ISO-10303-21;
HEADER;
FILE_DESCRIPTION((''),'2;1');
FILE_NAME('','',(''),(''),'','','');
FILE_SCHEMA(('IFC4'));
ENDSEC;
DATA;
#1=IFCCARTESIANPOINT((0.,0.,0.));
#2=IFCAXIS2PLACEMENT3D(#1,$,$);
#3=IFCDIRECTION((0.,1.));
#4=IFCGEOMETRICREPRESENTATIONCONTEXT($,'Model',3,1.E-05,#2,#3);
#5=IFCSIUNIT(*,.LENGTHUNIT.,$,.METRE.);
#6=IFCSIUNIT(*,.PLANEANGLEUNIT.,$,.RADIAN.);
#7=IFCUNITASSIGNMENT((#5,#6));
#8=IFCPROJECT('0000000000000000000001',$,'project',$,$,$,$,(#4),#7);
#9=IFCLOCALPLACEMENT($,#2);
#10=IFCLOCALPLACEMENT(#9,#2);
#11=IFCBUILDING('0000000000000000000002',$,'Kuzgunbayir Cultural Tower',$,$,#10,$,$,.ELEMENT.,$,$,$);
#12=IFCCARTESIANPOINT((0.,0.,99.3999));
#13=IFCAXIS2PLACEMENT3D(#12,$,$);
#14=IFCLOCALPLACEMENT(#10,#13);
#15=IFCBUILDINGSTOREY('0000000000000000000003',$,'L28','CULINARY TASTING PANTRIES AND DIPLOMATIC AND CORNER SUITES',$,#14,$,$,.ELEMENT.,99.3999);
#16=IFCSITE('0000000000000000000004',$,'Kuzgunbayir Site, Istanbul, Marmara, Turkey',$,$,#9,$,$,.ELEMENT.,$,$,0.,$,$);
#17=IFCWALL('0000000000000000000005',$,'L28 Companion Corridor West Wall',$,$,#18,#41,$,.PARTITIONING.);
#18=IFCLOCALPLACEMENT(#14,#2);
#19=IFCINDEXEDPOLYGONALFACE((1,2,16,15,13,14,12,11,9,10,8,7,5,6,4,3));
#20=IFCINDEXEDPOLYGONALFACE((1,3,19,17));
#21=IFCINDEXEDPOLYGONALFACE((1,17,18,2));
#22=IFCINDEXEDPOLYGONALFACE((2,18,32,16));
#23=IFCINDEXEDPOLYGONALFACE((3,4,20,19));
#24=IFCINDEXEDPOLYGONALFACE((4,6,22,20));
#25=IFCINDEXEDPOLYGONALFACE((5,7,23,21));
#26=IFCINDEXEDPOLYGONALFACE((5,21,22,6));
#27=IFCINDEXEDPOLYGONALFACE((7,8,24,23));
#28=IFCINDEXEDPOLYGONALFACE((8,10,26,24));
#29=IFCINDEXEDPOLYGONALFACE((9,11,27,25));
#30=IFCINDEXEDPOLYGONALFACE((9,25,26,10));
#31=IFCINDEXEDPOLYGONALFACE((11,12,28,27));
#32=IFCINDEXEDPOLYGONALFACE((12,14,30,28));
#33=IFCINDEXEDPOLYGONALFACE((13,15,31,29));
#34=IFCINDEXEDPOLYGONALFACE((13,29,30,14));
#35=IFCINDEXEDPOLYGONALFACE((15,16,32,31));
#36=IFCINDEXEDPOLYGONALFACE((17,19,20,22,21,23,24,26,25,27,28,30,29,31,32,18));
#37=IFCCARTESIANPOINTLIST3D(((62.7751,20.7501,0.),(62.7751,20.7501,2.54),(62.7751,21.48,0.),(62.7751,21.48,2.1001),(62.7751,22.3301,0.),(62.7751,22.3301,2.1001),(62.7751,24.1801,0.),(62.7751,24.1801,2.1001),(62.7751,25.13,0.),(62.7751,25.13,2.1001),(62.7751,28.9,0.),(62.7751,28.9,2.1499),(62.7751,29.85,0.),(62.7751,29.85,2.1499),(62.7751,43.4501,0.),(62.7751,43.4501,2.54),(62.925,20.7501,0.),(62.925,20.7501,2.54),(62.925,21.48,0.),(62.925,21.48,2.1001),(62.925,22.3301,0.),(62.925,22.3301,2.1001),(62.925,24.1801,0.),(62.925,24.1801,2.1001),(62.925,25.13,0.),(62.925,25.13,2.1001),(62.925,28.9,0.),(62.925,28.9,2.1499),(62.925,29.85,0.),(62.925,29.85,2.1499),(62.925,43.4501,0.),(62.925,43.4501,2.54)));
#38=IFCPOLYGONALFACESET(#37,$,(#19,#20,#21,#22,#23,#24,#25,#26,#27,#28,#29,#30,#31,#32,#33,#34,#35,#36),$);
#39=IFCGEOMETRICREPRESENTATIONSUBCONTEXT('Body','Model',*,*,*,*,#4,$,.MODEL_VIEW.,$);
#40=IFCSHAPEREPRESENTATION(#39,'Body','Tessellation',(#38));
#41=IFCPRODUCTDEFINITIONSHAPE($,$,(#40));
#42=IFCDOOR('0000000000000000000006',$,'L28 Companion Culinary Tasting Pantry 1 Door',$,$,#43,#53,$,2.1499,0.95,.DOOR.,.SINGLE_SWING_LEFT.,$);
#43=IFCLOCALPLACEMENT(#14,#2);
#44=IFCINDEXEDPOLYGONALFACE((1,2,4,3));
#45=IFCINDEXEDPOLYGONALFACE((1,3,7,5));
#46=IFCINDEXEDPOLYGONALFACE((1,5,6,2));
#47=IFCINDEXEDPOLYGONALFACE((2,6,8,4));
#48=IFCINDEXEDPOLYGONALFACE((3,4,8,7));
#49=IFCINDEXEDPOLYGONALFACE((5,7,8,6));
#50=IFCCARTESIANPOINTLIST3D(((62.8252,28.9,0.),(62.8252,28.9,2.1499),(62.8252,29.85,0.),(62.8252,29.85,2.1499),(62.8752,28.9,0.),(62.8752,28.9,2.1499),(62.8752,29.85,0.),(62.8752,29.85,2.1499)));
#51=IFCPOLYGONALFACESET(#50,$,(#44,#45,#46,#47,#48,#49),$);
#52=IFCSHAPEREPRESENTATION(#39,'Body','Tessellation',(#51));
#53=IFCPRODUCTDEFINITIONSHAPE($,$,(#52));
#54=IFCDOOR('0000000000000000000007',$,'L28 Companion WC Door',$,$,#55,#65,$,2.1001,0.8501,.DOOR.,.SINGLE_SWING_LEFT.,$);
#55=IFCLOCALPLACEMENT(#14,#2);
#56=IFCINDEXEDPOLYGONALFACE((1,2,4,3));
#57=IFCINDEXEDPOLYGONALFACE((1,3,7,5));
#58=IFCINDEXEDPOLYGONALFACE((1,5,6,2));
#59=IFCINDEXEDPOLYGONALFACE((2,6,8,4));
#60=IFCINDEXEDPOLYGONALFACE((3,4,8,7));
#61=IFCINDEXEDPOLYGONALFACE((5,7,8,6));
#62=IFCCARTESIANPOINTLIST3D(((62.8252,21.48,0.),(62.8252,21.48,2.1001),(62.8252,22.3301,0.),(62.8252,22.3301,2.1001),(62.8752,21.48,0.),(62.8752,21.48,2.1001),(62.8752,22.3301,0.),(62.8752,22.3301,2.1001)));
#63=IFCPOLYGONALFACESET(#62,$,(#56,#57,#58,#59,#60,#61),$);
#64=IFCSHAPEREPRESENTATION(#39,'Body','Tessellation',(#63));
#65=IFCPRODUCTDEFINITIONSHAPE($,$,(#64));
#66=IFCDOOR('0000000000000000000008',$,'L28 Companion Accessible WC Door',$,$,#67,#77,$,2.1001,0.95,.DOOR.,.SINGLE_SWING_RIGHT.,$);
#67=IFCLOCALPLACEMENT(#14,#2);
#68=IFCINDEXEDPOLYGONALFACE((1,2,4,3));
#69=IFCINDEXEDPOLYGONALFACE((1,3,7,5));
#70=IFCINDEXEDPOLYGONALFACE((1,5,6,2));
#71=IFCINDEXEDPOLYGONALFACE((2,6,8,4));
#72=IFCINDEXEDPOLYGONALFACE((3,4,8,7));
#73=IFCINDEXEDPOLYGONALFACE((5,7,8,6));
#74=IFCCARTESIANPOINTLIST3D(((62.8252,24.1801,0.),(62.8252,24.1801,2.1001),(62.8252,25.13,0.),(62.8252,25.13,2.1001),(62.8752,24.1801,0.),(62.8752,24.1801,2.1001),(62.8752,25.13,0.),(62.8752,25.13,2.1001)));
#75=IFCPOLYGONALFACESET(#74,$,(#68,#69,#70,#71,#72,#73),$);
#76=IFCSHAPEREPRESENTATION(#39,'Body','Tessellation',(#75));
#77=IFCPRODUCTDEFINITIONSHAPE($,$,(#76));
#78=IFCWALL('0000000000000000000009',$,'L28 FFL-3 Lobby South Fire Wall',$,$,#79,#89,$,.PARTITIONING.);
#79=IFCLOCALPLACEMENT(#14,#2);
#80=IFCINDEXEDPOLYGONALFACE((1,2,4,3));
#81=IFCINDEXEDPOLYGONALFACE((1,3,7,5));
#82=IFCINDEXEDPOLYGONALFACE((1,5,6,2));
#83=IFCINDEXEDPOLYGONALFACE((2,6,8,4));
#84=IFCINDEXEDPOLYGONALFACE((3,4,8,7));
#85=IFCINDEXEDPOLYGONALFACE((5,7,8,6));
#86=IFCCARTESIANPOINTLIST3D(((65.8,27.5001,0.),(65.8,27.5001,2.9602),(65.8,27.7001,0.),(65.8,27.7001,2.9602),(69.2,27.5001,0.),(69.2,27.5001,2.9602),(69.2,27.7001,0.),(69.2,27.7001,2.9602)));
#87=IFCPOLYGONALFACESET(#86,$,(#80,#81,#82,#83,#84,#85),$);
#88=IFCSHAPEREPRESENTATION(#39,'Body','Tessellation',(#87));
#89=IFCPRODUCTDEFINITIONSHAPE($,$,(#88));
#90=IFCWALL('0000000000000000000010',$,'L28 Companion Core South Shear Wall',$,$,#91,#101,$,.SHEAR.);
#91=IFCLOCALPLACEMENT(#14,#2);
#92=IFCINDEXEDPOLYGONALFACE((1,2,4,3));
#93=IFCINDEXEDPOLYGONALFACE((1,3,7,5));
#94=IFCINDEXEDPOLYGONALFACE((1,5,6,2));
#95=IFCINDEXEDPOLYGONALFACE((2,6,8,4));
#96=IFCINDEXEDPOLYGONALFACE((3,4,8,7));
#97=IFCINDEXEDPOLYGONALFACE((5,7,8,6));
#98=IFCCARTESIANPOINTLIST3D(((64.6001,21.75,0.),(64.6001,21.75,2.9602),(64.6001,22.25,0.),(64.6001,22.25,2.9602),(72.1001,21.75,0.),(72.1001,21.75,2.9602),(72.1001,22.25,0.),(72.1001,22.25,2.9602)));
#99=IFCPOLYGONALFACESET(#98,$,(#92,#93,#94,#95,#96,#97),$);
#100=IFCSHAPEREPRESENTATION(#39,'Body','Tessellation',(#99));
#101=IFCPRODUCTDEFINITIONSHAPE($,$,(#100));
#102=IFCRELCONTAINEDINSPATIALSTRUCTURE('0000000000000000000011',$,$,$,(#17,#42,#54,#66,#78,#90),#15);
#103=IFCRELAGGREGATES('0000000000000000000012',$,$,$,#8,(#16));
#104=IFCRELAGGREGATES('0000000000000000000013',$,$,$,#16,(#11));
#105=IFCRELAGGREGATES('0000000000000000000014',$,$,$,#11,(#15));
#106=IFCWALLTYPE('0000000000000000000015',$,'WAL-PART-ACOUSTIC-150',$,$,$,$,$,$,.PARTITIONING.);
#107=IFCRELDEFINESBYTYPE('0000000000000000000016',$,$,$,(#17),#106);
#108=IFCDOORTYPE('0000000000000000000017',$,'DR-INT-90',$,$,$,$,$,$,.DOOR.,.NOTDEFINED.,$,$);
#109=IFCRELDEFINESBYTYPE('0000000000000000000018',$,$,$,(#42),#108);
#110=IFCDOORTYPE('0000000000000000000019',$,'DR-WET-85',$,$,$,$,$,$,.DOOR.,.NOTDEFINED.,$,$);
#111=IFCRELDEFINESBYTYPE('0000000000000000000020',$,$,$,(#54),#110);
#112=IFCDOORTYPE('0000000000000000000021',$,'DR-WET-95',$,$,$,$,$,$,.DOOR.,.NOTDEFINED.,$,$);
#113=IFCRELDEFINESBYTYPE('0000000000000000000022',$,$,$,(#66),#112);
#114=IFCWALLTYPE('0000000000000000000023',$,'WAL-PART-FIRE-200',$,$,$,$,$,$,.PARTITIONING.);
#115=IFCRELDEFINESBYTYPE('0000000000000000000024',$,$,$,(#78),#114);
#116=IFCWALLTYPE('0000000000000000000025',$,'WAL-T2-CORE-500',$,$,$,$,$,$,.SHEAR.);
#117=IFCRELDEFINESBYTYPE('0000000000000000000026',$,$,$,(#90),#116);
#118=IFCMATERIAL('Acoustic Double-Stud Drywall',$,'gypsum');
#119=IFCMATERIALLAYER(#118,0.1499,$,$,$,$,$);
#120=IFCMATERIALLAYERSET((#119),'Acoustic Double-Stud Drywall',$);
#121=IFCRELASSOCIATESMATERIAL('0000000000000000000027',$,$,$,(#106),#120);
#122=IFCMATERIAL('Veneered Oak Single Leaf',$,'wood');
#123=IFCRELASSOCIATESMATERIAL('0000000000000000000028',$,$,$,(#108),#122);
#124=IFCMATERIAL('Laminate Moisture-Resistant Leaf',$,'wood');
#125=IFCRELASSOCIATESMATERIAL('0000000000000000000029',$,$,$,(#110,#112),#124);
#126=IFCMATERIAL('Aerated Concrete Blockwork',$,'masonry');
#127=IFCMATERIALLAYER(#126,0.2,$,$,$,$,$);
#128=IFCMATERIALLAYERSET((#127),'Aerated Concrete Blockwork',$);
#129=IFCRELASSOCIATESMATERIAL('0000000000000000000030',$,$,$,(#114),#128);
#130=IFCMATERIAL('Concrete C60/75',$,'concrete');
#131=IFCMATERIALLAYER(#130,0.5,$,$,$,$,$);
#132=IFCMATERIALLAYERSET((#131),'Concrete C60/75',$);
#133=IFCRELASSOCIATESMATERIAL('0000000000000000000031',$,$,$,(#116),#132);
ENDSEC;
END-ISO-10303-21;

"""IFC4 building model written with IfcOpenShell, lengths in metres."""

from ifc_helpers import new_model, si_unit, direction, frame, frame_2d, origin, place, context, subcontext, project, spatial, rectangle, extrude, material, layer, layer_set, type_object, element, fill, save


model = new_model("IFC4")

# Units and contexts
model_context = context("Model", 3, precision=1e-05, world=origin(), true_north=direction((0.0, 1.0)))
body_context = subcontext(model_context, "Body", "Model", "MODEL_VIEW")
ifc_project = project(units=[si_unit("LENGTHUNIT", "METRE"), si_unit("PLANEANGLEUNIT", "RADIAN")], contexts=[model_context])

# Site, building, storey
site_placement = place(None, origin())
site = spatial("IfcSite", under=ifc_project, at=site_placement, Name="Kuzgunbayir Site, Istanbul, Marmara, Turkey", CompositionType="ELEMENT", RefElevation=0.0)
building_placement = place(site_placement, origin())
building = spatial("IfcBuilding", under=site, at=building_placement, Name="Kuzgunbayir Cultural Tower", CompositionType="ELEMENT")
storey_placement = place(building_placement, frame((0.0, 0.0, 99.3999)))
storey = spatial("IfcBuildingStorey", under=building, at=storey_placement, Name="L28", Description="CULINARY TASTING PANTRIES AND DIPLOMATIC AND CORNER SUITES", CompositionType="ELEMENT", Elevation=99.3999)

# Shared definitions
ifc_material_1 = material(Name="Concrete C60/75", Category="concrete")

# Shared definitions
ifc_material_2 = material(Name="Acoustic Double-Stud Drywall", Category="gypsum")
ifc_layer_1 = layer(ifc_material_2, 0.1499)
ifc_layer_set_1 = layer_set([ifc_layer_1], Name="Acoustic Double-Stud Drywall")
wall_type_1 = type_object("IfcWallType", Name="WAL-PART-ACOUSTIC-150", PredefinedType="PARTITIONING", material=ifc_layer_set_1)
ifc_material_3 = material(Name="Veneered Oak Single Leaf", Category="wood")
door_type_1 = type_object("IfcDoorType", Name="DR-INT-90", OperationType="NOTDEFINED", PredefinedType="DOOR", material=ifc_material_3)

# Wall, openings, doors
wall_1_placement = place(storey_placement, frame((62.8501, 20.75, 0.0), z_axis=(0.0, 0.0, 1.0), x_axis=(0.0, 1.0, 0.0)))
wall_1 = element("IfcWall", 1, at=wall_1_placement, inside=storey, type_object=wall_type_1, Name="L28 Companion Corridor West Wall", PredefinedType="PARTITIONING", context=body_context, shape_type="SweptSolid", body=[
    extrude(rectangle(XDim=22.7, YDim=0.1499, at=frame_2d((11.3501, 0.0))), origin(), (0.0, 0.0, 1.0), 2.54),
])
opening_1_placement = place(wall_1_placement, frame((0.73, 0.0, 0.0)))
opening_1 = element("IfcOpeningElement", 2, at=opening_1_placement, cuts=wall_1, PredefinedType="OPENING", context=body_context, shape_type="SweptSolid", body=[
    extrude(rectangle(XDim=0.8501, YDim=2.1001, at=frame_2d((0.425, 1.05))), frame((0.0, 0.085, 0.0), z_axis=(0.0, -1.0, 0.0), x_axis=(1.0, 0.0, 0.0)), (0.0, 0.0, 1.0), 0.1699),
])
opening_2_placement = place(wall_1_placement, frame((3.4299, 0.0, 0.0)))
opening_2 = element("IfcOpeningElement", 3, at=opening_2_placement, cuts=wall_1, PredefinedType="OPENING", context=body_context, shape_type="SweptSolid", body=[
    extrude(rectangle(XDim=0.95, YDim=2.1001, at=frame_2d((0.4751, 1.05))), frame((0.0, 0.085, 0.0), z_axis=(0.0, -1.0, 0.0), x_axis=(1.0, 0.0, 0.0)), (0.0, 0.0, 1.0), 0.1699),
])
opening_3_placement = place(wall_1_placement, frame((8.1499, 0.0, 0.0)))
opening_3 = element("IfcOpeningElement", 4, at=opening_3_placement, cuts=wall_1, PredefinedType="OPENING", context=body_context, shape_type="SweptSolid", body=[
    extrude(rectangle(XDim=0.95, YDim=2.1499, at=frame_2d((0.4751, 1.075))), frame((0.0, 0.085, 0.0), z_axis=(0.0, -1.0, 0.0), x_axis=(1.0, 0.0, 0.0)), (0.0, 0.0, 1.0), 0.1699),
])
door_1_placement = place(opening_3_placement, origin())
door_1 = element("IfcDoor", 5, at=door_1_placement, inside=storey, type_object=door_type_1, Name="L28 Companion Culinary Tasting Pantry 1 Door", OperationType="SINGLE_SWING_LEFT", OverallHeight=2.1499, OverallWidth=0.95, PredefinedType="DOOR", context=body_context, shape_type="SweptSolid", body=[
    extrude(rectangle(XDim=0.95, YDim=2.1499, at=frame_2d((0.4751, 1.075))), frame((0.0, 0.0249, 0.0), z_axis=(0.0, -1.0, 0.0), x_axis=(1.0, 0.0, 0.0)), (0.0, 0.0, 1.0), 0.05),
])
fill(opening_3, door_1)
ifc_material_4 = material(Name="Laminate Moisture-Resistant Leaf", Category="wood")
door_type_2 = type_object("IfcDoorType", Name="DR-WET-85", OperationType="NOTDEFINED", PredefinedType="DOOR", material=ifc_material_4)
door_2_placement = place(opening_1_placement, origin())
door_2 = element("IfcDoor", 6, at=door_2_placement, inside=storey, type_object=door_type_2, Name="L28 Companion WC Door", OperationType="SINGLE_SWING_LEFT", OverallHeight=2.1001, OverallWidth=0.8501, PredefinedType="DOOR", context=body_context, shape_type="SweptSolid", body=[
    extrude(rectangle(XDim=0.8501, YDim=2.1001, at=frame_2d((0.425, 1.05))), frame((0.0, 0.0249, 0.0), z_axis=(0.0, -1.0, 0.0), x_axis=(1.0, 0.0, 0.0)), (0.0, 0.0, 1.0), 0.05),
])
fill(opening_1, door_2)
door_type_3 = type_object("IfcDoorType", Name="DR-WET-95", OperationType="NOTDEFINED", PredefinedType="DOOR", material=ifc_material_4)
door_3_placement = place(opening_2_placement, origin())
door_3 = element("IfcDoor", 7, at=door_3_placement, inside=storey, type_object=door_type_3, Name="L28 Companion Accessible WC Door", OperationType="SINGLE_SWING_RIGHT", OverallHeight=2.1001, OverallWidth=0.95, PredefinedType="DOOR", context=body_context, shape_type="SweptSolid", body=[
    extrude(rectangle(XDim=0.95, YDim=2.1001, at=frame_2d((0.4751, 1.05))), frame((0.0, 0.0249, 0.0), z_axis=(0.0, -1.0, 0.0), x_axis=(1.0, 0.0, 0.0)), (0.0, 0.0, 1.0), 0.05),
])
fill(opening_2, door_3)

# Shared definitions
ifc_material_5 = material(Name="Aerated Concrete Blockwork", Category="masonry")
ifc_layer_2 = layer(ifc_material_5, 0.2)
ifc_layer_set_2 = layer_set([ifc_layer_2], Name="Aerated Concrete Blockwork")
wall_type_2 = type_object("IfcWallType", Name="WAL-PART-FIRE-200", PredefinedType="PARTITIONING", material=ifc_layer_set_2)

# Walls
wall_2_placement = place(storey_placement, frame((65.8, 27.6001, 0.0), z_axis=(0.0, 0.0, 1.0), x_axis=(1.0, 0.0, 0.0)))
element("IfcWall", 8, at=wall_2_placement, inside=storey, type_object=wall_type_2, Name="L28 FFL-3 Lobby South Fire Wall", PredefinedType="PARTITIONING", context=body_context, shape_type="SweptSolid", body=[
    extrude(rectangle(XDim=3.3999, YDim=0.2, at=frame_2d((1.7, 0.0))), origin(), (0.0, 0.0, 1.0), 2.9602),
])
ifc_layer_3 = layer(ifc_material_1, 0.5)
ifc_layer_set_3 = layer_set([ifc_layer_3], Name="Concrete C60/75")
wall_type_3 = type_object("IfcWallType", Name="WAL-T2-CORE-500", PredefinedType="SHEAR", material=ifc_layer_set_3)
wall_3_placement = place(storey_placement, frame((64.6001, 22.0, 0.0), z_axis=(0.0, 0.0, 1.0), x_axis=(1.0, 0.0, 0.0)))
element("IfcWall", 9, at=wall_3_placement, inside=storey, type_object=wall_type_3, Name="L28 Companion Core South Shear Wall", PredefinedType="SHEAR", context=body_context, shape_type="SweptSolid", body=[
    extrude(rectangle(XDim=7.5, YDim=0.5, at=frame_2d((3.75, 0.0))), origin(), (0.0, 0.0, 1.0), 2.9602),
])

save(model, "model.ifc")
